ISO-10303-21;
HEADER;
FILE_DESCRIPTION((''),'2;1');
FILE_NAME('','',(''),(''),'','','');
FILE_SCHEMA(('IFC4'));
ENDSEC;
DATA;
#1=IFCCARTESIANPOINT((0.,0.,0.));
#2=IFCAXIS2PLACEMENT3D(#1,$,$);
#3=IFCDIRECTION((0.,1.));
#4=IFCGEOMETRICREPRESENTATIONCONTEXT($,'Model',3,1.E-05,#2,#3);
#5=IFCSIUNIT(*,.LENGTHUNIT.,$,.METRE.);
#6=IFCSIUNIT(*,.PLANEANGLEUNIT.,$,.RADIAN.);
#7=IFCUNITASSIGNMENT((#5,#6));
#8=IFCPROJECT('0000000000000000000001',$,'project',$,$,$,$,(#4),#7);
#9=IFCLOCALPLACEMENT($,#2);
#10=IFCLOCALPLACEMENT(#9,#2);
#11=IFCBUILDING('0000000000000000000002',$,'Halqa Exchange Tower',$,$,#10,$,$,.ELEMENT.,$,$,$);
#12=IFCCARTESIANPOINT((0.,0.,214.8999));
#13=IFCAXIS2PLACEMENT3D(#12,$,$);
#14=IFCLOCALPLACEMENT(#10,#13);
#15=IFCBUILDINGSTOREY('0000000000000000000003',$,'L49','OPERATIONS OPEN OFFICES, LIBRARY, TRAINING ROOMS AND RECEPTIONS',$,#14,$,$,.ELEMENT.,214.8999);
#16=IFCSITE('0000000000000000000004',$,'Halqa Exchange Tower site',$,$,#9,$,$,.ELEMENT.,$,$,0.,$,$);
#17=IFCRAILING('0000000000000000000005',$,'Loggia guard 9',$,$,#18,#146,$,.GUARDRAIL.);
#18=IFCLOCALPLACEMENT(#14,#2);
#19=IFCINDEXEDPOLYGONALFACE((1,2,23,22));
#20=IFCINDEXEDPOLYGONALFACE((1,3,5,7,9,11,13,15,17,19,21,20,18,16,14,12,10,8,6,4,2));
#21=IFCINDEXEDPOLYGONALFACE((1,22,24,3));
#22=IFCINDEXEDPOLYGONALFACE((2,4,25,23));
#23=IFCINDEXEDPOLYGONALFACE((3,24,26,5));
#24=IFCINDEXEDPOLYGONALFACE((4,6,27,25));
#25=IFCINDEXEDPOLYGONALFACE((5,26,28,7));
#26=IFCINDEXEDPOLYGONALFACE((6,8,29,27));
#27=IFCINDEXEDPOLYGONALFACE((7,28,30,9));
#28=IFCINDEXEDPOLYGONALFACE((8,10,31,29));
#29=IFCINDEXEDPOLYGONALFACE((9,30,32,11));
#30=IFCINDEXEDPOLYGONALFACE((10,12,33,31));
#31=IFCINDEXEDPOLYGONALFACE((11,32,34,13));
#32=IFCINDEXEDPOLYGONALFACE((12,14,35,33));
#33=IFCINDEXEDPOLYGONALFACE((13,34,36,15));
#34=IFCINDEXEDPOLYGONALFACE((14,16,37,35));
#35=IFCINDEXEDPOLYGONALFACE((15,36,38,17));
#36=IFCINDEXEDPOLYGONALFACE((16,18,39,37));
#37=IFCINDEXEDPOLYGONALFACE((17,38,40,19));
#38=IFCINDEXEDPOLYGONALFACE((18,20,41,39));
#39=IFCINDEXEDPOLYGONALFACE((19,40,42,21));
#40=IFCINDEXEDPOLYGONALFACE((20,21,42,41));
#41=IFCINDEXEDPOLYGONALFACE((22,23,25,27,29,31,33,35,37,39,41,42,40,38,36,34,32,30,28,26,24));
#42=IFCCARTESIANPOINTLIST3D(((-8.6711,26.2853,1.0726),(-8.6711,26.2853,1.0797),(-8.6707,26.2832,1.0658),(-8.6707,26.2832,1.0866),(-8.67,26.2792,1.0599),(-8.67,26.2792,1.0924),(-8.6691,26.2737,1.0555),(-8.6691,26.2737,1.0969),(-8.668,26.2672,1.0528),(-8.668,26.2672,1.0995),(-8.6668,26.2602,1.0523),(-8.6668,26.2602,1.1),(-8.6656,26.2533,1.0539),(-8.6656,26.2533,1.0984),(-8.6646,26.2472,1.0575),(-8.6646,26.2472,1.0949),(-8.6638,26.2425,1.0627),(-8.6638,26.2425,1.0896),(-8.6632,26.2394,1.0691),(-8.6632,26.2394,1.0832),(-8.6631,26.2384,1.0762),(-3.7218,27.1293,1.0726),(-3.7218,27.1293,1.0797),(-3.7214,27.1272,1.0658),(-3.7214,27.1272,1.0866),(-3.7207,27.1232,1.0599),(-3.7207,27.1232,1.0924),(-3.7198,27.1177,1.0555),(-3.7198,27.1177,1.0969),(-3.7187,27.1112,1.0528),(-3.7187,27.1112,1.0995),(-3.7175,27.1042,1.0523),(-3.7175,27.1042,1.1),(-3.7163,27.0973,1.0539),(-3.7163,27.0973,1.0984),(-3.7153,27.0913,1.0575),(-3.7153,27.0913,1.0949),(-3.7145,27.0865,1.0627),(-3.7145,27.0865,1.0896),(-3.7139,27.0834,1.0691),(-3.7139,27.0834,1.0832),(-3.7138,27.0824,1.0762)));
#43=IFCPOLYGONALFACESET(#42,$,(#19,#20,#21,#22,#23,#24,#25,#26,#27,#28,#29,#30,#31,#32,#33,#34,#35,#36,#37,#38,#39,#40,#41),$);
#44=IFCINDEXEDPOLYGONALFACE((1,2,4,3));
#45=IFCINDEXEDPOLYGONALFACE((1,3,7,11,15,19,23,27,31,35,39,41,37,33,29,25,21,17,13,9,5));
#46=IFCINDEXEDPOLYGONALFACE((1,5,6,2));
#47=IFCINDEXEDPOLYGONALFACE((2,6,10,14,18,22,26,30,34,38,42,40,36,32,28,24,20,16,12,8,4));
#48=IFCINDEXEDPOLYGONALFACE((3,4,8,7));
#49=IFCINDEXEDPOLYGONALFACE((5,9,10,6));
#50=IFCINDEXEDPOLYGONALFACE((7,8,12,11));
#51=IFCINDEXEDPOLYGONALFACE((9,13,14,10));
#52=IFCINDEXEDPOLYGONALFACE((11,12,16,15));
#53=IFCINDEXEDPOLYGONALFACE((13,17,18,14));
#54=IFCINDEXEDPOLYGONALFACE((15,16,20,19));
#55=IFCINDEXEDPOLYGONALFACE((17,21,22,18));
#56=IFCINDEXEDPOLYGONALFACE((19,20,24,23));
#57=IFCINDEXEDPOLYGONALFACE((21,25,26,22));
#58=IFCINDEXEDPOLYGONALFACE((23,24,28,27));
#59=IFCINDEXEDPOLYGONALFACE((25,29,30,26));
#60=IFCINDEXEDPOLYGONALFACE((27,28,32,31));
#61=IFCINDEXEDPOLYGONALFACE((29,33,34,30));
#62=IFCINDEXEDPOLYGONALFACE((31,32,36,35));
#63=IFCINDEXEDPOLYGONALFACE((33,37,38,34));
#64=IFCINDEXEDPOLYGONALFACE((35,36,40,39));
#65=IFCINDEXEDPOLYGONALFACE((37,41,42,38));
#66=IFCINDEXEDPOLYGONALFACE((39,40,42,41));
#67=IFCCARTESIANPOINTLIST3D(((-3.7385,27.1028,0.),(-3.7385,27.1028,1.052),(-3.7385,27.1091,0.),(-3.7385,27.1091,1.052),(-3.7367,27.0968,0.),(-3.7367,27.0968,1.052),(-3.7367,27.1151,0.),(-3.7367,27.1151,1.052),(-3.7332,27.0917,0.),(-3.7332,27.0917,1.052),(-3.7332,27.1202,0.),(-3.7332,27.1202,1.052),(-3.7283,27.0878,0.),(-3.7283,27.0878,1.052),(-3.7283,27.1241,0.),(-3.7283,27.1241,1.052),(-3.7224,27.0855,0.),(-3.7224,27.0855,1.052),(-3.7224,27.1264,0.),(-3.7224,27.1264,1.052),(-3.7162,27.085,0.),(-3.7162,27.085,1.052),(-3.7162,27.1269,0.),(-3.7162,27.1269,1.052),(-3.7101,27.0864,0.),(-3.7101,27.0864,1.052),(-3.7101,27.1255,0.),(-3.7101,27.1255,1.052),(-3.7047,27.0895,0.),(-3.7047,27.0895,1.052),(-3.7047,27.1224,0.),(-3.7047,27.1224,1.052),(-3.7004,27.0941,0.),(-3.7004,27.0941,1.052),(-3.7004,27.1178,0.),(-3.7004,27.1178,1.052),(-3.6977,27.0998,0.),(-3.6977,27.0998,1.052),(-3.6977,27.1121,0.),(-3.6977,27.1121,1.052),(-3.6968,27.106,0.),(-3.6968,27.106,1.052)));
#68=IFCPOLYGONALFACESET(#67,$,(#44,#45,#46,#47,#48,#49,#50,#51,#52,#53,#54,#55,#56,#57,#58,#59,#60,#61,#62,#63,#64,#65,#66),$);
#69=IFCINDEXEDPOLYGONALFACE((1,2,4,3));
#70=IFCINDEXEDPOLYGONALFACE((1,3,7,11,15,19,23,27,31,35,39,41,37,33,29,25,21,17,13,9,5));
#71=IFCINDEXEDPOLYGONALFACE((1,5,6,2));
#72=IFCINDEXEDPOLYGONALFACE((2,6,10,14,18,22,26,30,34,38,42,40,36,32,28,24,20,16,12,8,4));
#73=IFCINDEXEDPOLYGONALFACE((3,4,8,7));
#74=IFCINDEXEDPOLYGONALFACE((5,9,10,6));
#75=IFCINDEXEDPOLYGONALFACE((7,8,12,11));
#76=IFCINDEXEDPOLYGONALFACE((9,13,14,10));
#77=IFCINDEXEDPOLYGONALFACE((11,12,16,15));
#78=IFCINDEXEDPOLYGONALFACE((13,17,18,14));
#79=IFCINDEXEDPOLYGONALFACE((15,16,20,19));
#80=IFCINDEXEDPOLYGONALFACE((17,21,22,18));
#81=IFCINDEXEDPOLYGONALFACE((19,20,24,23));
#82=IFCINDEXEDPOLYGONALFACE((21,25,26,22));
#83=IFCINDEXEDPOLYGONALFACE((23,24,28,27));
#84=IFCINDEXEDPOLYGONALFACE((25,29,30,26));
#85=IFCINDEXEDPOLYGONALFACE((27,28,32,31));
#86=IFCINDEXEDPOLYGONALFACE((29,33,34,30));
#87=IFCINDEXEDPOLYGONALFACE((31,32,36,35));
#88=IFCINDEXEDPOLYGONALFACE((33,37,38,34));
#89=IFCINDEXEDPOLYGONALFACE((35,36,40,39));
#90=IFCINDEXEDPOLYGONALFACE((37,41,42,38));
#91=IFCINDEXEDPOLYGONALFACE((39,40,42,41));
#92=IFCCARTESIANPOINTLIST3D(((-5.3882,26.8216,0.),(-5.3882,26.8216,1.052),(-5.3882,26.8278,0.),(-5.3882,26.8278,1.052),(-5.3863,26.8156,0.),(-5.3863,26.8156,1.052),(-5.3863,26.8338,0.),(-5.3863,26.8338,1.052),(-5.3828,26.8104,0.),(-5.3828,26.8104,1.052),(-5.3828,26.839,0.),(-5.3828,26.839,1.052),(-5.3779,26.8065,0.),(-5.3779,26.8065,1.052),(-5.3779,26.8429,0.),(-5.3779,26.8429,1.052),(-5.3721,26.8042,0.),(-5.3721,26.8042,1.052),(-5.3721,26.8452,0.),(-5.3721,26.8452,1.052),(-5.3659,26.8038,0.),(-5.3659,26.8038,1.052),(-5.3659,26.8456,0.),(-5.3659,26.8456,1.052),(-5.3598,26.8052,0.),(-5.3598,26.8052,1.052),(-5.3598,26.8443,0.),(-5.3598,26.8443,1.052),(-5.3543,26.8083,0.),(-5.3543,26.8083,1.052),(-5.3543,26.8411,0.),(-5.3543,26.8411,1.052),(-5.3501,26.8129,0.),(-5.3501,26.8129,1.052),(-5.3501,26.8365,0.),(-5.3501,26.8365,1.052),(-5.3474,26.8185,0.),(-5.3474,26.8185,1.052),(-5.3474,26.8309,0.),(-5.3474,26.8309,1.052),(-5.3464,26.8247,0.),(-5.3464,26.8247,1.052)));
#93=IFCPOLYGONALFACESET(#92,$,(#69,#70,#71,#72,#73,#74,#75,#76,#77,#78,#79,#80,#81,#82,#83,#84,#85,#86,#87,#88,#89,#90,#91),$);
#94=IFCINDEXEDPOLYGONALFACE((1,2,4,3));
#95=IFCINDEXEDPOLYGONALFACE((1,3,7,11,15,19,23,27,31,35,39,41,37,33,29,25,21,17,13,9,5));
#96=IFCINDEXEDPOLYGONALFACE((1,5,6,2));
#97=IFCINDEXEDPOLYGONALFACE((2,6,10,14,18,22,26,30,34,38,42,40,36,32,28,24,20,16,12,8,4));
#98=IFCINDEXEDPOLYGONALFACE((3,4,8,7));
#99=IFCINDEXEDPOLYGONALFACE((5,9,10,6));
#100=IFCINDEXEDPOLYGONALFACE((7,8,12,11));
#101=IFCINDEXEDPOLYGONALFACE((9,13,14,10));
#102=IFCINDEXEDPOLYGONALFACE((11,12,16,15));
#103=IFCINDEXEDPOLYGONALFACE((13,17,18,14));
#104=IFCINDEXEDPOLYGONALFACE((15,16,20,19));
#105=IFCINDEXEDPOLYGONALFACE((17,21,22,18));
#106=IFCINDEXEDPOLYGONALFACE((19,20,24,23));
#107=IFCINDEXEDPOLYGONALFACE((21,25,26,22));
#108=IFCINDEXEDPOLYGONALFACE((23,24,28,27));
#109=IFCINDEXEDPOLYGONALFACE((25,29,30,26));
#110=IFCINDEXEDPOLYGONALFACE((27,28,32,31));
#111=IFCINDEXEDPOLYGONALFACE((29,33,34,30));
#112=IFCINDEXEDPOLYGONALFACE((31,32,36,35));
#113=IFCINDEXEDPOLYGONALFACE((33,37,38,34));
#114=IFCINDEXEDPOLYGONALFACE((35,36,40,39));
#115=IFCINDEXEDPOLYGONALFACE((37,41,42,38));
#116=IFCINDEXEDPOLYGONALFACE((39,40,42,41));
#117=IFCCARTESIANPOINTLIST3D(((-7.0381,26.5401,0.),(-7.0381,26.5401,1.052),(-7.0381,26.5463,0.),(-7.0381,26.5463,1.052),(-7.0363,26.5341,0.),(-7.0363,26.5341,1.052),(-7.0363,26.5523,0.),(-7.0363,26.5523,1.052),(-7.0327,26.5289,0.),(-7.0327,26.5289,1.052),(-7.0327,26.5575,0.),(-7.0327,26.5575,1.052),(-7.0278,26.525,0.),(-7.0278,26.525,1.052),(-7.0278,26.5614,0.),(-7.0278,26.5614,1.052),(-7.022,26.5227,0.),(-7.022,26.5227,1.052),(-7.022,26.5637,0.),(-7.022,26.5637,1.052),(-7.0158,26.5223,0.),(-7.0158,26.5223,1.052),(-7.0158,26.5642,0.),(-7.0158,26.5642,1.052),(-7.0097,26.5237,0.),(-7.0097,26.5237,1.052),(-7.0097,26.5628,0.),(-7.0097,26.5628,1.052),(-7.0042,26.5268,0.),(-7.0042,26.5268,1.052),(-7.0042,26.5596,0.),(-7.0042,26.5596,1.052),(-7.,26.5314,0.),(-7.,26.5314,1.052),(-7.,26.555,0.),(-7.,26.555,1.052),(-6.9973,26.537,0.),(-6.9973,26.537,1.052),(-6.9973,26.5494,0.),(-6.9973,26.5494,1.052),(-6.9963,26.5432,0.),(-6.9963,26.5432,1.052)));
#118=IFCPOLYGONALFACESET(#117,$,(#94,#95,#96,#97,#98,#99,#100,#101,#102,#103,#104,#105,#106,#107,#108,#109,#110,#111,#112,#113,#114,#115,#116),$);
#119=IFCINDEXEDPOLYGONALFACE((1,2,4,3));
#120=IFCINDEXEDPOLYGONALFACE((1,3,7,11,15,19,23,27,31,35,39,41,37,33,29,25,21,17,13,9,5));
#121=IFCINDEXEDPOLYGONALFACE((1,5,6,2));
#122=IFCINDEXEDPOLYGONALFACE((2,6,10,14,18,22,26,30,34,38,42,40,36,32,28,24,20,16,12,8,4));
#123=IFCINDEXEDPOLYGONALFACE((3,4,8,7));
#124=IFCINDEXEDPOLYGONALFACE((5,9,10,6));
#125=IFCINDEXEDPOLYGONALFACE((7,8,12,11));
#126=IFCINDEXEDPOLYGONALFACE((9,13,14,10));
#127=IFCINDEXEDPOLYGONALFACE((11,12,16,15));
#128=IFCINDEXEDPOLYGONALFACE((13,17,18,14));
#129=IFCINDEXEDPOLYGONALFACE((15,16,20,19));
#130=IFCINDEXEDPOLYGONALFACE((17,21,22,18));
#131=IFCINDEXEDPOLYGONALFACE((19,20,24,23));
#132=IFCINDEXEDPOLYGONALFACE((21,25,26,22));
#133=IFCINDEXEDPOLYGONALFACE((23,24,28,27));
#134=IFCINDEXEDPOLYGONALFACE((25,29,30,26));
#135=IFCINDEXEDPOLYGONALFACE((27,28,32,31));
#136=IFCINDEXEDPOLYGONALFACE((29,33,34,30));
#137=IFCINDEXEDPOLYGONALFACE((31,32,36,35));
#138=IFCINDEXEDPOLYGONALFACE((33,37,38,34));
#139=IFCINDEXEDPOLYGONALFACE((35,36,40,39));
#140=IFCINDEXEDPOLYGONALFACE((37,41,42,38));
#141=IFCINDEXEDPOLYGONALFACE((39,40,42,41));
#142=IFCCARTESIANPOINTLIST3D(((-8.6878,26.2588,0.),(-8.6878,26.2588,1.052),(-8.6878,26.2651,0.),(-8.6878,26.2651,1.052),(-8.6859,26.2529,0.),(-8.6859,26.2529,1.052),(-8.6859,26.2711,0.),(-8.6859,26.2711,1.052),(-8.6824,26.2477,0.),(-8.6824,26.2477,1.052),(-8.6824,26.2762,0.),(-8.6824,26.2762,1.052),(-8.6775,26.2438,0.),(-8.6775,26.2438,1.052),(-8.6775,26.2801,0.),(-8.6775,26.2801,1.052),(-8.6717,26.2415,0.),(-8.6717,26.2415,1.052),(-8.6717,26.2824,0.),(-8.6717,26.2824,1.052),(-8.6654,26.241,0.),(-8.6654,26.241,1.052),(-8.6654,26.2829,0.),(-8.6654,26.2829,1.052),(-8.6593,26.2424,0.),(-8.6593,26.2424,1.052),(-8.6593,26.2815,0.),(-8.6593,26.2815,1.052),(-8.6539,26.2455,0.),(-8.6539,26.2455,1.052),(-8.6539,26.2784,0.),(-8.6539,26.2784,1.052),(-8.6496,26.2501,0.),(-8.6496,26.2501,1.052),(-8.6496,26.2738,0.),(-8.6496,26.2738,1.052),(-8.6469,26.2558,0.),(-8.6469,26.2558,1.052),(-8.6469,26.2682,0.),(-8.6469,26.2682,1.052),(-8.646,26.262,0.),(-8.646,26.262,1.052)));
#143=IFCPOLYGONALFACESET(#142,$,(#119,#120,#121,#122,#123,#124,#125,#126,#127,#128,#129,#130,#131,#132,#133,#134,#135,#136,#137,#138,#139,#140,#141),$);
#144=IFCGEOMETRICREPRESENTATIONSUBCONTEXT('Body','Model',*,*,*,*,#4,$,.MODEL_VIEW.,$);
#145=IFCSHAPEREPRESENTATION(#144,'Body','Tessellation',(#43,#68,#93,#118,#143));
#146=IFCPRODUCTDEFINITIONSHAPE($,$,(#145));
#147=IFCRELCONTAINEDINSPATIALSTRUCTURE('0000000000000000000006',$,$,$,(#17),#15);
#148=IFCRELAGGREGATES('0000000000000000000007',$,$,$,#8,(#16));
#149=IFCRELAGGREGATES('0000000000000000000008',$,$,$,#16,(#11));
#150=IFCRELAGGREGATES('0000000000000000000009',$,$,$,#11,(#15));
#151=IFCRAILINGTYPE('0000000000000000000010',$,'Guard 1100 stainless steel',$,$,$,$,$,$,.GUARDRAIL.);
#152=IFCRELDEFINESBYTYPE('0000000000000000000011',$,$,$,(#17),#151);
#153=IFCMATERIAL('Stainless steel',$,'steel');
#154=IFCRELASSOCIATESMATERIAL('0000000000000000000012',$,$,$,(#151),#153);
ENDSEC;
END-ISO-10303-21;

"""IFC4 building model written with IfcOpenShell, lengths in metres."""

from ifc_helpers import new_model, si_unit, direction, frame, origin, origin_2d, place, context, subcontext, project, spatial, circle, extrude, material, type_object, element, save


model = new_model("IFC4")

# Units and contexts
model_context = context("Model", 3, precision=1e-05, world=origin(), true_north=direction((0.0, 1.0)))
body_context = subcontext(model_context, "Body", "Model", "MODEL_VIEW")
ifc_project = project(units=[si_unit("LENGTHUNIT", "METRE"), si_unit("PLANEANGLEUNIT", "RADIAN")], contexts=[model_context])

# Site, building, storey
site_placement = place(None, origin())
site = spatial("IfcSite", under=ifc_project, at=site_placement, Name="Halqa Exchange Tower site", CompositionType="ELEMENT", RefElevation=0.0)
building_placement = place(site_placement, origin())
building = spatial("IfcBuilding", under=site, at=building_placement, Name="Halqa Exchange Tower", CompositionType="ELEMENT")
storey_placement = place(building_placement, frame((0.0, 0.0, 214.8999)))
storey = spatial("IfcBuildingStorey", under=building, at=storey_placement, Name="L49", Description="OPERATIONS OPEN OFFICES, LIBRARY, TRAINING ROOMS AND RECEPTIONS", CompositionType="ELEMENT", Elevation=214.8999)

# Railing
ifc_material_1 = material(Name="Stainless steel", Category="steel")
railing_type_1 = type_object("IfcRailingType", Name="Guard 1100 stainless steel", PredefinedType="GUARDRAIL", material=ifc_material_1)
railing_1_placement = place(storey_placement, frame((-3.7178, 27.106, 0.0)))
element("IfcRailing", 1, at=railing_1_placement, inside=storey, type_object=railing_type_1, Name="Loggia guard 9", PredefinedType="GUARDRAIL", context=body_context, shape_type="SweptSolid", body=[
    extrude(circle(Radius=0.0239, at=origin_2d()), frame((0.0, 0.0, 1.0762), z_axis=(-0.985769, -0.168104, 0.0), x_axis=(0.168104, -0.985769, 0.0)), (0.0, 0.0, 1.0), 5.0208),
    extrude(circle(Radius=0.021, at=origin_2d()), origin(), (0.0, 0.0, 1.0), 1.052),
    extrude(circle(Radius=0.021, at=origin_2d()), frame((-1.6497, -0.2812, 0.0)), (0.0, 0.0, 1.0), 1.052),
    extrude(circle(Radius=0.021, at=origin_2d()), frame((-3.2996, -0.5627, 0.0)), (0.0, 0.0, 1.0), 1.052),
    extrude(circle(Radius=0.021, at=origin_2d()), frame((-4.9492, -0.844, 0.0)), (0.0, 0.0, 1.0), 1.052),
])

save(model, "model.ifc")
